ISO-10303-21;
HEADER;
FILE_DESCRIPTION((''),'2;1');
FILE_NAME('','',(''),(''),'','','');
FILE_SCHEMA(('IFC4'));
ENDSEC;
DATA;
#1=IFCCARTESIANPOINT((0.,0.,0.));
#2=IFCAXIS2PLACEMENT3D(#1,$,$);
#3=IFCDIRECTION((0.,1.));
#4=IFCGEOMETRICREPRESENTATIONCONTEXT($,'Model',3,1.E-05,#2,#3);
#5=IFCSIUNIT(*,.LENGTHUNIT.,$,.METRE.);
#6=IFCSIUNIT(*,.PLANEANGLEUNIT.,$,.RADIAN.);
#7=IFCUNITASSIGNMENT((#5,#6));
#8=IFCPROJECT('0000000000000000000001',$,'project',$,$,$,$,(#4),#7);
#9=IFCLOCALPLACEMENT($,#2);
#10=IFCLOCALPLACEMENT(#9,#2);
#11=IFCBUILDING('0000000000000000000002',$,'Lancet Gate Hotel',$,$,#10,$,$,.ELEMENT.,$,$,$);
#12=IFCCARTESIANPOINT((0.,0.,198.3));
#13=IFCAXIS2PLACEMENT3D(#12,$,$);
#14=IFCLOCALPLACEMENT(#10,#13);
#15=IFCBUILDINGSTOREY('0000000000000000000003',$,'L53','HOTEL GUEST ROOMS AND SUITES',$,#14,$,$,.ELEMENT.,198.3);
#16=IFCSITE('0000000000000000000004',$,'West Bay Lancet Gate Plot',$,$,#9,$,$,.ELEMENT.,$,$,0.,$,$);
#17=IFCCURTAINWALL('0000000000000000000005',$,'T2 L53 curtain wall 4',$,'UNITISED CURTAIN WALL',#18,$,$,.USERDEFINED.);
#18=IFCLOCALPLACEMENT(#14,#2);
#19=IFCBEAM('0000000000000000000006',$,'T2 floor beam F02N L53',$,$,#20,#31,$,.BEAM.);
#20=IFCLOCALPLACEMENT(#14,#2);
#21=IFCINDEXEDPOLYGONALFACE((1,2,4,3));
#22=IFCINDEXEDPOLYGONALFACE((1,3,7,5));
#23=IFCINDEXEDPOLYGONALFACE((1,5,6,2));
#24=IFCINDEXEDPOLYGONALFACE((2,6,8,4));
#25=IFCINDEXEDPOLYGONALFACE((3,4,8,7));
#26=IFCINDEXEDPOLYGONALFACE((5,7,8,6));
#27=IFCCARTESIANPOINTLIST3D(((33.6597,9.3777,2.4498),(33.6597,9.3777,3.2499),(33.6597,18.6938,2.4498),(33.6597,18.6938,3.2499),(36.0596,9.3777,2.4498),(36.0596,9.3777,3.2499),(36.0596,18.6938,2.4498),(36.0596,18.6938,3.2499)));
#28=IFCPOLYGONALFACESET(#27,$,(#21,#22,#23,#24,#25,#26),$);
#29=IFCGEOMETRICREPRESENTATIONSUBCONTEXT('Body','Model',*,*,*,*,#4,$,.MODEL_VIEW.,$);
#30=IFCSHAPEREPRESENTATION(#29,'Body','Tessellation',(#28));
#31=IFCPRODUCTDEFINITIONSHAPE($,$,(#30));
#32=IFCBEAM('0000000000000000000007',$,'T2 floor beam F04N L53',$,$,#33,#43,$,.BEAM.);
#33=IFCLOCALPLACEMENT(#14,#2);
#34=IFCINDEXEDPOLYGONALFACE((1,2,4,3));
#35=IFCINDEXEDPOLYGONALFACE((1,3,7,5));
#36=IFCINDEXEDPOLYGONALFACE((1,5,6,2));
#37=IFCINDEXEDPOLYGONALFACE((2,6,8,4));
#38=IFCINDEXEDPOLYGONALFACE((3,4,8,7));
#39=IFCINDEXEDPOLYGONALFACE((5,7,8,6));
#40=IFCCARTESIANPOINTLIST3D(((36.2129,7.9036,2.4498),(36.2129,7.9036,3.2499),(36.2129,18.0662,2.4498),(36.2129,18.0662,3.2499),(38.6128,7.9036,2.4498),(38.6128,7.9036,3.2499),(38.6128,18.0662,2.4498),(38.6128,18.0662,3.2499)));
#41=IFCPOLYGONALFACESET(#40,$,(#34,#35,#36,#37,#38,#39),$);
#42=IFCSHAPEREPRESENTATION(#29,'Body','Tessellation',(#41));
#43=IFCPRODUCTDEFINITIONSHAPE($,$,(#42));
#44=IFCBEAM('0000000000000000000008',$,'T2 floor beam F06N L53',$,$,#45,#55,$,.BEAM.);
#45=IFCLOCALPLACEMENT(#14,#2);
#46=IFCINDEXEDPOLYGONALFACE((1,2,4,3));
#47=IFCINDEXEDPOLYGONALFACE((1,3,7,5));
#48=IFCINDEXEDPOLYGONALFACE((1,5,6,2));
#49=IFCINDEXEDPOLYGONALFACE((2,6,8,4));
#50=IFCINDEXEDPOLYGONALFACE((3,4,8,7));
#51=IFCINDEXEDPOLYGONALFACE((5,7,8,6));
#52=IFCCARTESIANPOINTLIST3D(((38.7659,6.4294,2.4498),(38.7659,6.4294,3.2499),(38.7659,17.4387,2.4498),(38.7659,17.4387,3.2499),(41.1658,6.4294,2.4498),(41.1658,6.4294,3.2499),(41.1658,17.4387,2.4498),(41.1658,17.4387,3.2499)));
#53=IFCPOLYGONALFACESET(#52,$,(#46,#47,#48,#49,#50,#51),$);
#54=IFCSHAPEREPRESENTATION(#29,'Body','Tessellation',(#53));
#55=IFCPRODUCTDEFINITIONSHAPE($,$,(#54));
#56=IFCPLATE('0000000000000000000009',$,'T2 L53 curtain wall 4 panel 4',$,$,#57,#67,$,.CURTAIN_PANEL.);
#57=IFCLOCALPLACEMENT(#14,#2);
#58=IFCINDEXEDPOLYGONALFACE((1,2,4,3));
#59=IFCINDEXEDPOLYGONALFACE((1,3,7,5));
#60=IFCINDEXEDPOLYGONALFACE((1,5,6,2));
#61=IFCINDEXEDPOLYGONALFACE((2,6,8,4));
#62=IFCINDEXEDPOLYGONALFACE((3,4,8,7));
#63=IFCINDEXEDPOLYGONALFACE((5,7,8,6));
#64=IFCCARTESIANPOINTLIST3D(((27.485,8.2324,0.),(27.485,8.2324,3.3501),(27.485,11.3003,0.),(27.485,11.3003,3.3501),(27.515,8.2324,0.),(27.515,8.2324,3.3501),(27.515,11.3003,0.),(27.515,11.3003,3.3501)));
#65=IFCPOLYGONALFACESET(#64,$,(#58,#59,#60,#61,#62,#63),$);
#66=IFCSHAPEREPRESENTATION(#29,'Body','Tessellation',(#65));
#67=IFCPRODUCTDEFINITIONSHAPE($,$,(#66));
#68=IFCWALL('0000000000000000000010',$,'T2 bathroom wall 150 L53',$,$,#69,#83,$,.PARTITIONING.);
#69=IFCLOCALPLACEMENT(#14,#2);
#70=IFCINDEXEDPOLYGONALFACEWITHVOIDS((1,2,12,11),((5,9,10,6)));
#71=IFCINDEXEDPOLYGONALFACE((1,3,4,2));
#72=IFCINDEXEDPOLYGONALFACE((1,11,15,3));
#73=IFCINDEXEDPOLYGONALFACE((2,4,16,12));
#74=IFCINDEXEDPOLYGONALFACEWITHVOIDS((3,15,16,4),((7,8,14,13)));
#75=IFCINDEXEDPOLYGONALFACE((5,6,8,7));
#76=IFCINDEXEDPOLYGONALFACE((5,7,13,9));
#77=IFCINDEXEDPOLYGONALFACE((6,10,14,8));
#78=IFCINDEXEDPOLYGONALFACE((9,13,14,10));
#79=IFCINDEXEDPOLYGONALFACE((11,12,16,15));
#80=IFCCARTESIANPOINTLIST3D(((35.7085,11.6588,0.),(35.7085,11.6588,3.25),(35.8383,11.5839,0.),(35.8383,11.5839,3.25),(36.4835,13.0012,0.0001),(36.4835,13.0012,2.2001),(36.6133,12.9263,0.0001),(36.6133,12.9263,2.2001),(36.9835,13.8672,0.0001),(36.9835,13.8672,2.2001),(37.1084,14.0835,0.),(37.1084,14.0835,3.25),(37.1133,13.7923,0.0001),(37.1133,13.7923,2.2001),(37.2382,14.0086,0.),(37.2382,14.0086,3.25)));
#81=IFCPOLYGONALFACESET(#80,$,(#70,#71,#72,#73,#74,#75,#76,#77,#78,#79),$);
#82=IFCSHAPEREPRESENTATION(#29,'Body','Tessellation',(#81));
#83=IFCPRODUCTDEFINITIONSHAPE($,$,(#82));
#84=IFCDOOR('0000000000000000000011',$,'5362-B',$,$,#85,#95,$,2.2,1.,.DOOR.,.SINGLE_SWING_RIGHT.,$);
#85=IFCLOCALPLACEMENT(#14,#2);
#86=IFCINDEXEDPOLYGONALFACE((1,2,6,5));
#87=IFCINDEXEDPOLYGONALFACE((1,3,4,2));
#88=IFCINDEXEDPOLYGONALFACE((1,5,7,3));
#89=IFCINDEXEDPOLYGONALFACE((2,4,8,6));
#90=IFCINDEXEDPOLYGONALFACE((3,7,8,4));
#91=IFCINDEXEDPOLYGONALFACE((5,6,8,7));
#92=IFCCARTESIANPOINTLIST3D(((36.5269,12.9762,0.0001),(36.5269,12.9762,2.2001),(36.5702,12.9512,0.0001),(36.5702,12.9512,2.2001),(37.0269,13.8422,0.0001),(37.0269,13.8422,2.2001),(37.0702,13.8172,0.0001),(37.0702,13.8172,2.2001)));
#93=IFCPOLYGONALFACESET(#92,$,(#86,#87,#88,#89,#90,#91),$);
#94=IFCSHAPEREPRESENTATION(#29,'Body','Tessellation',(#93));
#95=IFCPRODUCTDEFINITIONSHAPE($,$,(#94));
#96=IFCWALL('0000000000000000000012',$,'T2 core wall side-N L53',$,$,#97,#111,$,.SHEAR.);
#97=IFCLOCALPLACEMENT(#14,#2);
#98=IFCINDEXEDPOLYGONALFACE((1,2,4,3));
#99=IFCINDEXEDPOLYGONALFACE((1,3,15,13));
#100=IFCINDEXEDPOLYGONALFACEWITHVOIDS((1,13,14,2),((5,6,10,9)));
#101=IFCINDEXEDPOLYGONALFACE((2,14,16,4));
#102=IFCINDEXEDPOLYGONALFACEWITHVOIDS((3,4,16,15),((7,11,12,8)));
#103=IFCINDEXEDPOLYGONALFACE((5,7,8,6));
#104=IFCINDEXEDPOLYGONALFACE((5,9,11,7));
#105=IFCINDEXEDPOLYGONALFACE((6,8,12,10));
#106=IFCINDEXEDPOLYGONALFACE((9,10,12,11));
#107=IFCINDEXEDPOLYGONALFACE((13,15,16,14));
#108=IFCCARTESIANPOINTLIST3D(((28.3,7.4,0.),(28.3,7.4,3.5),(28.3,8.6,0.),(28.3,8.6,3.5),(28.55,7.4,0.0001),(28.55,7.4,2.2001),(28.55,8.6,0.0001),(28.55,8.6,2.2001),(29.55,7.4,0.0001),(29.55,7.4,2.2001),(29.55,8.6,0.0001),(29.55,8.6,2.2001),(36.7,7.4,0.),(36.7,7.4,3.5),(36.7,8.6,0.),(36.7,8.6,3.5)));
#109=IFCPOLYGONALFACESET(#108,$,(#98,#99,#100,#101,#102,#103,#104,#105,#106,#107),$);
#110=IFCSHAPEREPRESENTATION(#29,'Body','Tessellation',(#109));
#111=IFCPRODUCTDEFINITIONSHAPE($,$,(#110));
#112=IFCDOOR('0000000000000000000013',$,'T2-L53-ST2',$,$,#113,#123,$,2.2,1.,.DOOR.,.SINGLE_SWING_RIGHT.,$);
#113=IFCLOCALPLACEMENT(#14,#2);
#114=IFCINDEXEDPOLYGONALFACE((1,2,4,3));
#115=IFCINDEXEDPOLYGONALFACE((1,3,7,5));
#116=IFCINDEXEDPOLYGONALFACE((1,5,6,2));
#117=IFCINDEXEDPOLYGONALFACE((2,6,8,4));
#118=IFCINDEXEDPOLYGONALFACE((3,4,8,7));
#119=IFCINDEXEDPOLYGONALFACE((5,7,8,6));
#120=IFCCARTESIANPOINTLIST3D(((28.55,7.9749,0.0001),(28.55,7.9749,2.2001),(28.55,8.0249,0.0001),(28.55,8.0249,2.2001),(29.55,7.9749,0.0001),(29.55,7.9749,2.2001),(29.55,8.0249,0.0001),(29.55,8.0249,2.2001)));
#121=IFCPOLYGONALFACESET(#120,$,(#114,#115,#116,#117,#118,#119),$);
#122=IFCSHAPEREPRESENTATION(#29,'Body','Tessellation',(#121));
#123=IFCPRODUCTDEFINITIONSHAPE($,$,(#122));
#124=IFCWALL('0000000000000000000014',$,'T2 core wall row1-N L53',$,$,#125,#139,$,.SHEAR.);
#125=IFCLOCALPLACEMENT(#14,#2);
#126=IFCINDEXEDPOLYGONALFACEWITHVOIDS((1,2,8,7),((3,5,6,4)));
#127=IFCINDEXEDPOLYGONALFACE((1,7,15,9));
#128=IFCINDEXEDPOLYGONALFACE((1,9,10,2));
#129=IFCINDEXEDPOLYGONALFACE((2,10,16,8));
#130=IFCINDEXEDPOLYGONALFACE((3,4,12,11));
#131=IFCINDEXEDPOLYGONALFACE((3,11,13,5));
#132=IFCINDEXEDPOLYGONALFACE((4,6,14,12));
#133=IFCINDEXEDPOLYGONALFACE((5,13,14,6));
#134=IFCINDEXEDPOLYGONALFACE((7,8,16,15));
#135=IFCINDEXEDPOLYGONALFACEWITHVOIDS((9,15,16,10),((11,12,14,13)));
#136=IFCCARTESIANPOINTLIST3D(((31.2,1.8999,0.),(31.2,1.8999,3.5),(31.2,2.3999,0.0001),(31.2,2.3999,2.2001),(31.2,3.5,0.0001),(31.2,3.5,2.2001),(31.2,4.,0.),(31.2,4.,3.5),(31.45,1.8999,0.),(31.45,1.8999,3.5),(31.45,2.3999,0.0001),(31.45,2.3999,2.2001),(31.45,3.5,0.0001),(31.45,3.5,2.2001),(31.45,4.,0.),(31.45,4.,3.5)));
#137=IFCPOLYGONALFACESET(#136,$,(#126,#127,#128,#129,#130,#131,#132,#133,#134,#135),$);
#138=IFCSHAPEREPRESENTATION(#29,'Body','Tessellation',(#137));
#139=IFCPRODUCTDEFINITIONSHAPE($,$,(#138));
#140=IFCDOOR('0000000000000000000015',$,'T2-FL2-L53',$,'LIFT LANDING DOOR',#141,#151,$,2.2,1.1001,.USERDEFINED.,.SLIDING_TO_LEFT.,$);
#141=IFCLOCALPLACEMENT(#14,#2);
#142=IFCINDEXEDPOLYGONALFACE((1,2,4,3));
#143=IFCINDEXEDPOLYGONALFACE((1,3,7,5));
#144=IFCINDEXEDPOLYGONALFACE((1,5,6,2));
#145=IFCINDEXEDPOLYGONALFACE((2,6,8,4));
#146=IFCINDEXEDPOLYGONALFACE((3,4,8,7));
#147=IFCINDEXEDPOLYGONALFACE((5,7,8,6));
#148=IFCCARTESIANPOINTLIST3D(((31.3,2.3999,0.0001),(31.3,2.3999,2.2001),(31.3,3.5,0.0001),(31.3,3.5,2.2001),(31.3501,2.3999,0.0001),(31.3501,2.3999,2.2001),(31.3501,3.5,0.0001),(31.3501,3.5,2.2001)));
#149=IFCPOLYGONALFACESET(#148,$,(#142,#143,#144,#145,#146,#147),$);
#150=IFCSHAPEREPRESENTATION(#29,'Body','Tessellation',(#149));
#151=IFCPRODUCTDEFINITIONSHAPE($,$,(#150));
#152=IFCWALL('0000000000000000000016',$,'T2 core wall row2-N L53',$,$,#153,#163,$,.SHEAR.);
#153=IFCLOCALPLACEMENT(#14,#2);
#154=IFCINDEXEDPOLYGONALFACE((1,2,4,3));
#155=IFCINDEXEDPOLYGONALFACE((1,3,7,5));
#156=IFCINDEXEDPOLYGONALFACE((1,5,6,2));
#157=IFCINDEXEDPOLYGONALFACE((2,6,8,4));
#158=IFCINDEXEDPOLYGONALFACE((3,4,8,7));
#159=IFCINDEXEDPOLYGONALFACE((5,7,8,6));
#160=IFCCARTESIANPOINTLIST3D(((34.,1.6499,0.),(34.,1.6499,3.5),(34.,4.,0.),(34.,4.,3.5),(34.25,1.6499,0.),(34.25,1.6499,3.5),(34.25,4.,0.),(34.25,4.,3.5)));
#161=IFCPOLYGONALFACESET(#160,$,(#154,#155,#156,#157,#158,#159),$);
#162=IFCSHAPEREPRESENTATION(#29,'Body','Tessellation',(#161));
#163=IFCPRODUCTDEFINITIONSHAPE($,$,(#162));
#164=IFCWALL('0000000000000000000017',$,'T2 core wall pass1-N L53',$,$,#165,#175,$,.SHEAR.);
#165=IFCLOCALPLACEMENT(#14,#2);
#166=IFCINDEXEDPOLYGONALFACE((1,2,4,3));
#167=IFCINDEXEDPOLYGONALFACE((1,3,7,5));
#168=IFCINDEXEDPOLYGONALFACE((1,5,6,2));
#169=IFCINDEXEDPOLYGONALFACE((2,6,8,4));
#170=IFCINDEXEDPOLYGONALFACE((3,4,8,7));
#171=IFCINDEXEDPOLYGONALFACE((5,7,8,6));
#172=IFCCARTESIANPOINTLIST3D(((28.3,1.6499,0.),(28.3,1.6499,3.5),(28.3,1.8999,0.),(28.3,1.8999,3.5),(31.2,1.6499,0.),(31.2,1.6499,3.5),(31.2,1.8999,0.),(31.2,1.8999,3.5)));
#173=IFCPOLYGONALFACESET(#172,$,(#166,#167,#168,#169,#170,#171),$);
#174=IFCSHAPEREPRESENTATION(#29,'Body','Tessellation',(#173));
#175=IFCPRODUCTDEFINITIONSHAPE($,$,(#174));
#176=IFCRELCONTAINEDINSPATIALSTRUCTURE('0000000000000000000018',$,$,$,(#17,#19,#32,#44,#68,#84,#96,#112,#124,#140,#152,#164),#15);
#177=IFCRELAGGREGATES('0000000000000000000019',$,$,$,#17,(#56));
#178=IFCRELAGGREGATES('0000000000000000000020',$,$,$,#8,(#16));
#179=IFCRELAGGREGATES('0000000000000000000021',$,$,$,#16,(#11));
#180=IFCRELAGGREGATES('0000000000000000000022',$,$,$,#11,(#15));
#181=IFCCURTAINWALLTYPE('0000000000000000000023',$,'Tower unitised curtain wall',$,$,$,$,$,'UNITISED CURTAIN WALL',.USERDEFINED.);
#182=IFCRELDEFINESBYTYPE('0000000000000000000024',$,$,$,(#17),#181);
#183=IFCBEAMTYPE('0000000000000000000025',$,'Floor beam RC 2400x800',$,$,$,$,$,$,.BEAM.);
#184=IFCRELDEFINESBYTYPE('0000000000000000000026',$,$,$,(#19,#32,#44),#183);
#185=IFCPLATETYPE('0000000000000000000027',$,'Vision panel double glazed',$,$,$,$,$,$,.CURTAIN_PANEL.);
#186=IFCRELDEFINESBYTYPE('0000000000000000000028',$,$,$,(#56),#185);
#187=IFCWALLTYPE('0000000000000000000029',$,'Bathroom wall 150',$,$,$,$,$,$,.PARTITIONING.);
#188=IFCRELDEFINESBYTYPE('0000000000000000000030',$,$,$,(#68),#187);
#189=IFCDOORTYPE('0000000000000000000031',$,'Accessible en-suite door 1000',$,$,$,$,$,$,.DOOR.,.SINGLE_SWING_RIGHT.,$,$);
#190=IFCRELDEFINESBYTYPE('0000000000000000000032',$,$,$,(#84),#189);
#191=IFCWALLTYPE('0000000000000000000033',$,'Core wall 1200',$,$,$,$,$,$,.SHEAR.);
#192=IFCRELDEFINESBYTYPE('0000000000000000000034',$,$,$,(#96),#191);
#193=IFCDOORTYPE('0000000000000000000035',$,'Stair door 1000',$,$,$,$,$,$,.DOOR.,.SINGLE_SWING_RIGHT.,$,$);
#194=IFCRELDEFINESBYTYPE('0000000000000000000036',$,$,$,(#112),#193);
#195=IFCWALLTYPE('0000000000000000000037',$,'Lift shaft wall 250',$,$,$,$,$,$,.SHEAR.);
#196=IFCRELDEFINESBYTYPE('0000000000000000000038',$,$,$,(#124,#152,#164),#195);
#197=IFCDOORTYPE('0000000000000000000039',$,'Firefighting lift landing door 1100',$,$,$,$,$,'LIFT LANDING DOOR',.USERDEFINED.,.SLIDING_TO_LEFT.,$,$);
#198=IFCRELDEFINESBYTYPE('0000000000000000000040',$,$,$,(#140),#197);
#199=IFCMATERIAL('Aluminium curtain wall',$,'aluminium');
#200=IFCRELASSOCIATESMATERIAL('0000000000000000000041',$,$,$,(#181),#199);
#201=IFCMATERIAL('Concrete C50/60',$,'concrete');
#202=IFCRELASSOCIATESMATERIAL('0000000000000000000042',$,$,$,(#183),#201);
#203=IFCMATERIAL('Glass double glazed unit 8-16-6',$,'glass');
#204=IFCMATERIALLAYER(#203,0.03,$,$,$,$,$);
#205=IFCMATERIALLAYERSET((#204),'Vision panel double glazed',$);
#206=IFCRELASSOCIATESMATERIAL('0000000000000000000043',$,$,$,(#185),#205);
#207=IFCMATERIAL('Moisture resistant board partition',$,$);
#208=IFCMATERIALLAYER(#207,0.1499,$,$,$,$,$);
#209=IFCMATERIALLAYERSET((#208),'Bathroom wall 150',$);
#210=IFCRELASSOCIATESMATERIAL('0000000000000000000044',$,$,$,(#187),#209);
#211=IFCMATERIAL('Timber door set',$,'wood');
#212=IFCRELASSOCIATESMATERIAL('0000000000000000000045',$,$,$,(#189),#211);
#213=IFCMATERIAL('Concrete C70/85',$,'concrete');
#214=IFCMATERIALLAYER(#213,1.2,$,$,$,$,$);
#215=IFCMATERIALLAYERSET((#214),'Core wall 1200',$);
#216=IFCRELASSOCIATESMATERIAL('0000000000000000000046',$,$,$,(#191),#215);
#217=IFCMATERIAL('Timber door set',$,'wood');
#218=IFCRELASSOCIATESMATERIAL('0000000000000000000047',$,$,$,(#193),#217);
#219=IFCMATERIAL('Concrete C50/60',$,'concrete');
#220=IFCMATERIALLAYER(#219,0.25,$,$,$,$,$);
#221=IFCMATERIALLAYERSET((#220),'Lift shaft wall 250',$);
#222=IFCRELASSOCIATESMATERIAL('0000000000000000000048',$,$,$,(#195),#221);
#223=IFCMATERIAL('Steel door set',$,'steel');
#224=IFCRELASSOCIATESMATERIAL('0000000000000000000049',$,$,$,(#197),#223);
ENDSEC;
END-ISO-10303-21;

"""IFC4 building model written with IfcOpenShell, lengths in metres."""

from ifc_helpers import new_model, si_unit, direction, frame, frame_2d, origin, origin_2d, place, context, subcontext, project, spatial, rectangle, extrude, material, layer, layer_set, material_profile, profile_set, type_object, element, fill, aggregate, save


model = new_model("IFC4")

# Units and contexts
model_context = context("Model", 3, precision=1e-05, world=origin(), true_north=direction((0.0, 1.0)))
body_context = subcontext(model_context, "Body", "Model", "MODEL_VIEW")
ifc_project = project(units=[si_unit("LENGTHUNIT", "METRE"), si_unit("PLANEANGLEUNIT", "RADIAN")], contexts=[model_context])

# Site, building, storey
site_placement = place(None, origin())
site = spatial("IfcSite", under=ifc_project, at=site_placement, Name="West Bay Lancet Gate Plot", CompositionType="ELEMENT", RefElevation=0.0)
building_placement = place(site_placement, origin())
building = spatial("IfcBuilding", under=site, at=building_placement, Name="Lancet Gate Hotel", CompositionType="ELEMENT")
storey_placement = place(building_placement, frame((0.0, 0.0, 198.3)))
storey = spatial("IfcBuildingStorey", under=building, at=storey_placement, Name="L53", Description="HOTEL GUEST ROOMS AND SUITES", CompositionType="ELEMENT", Elevation=198.3)

# Curtain wall
ifc_material_1 = material(Name="Aluminium curtain wall", Category="aluminium")
curtain_wall_type = type_object("IfcCurtainWallType", Name="Tower unitised curtain wall", ElementType="UNITISED CURTAIN WALL", PredefinedType="USERDEFINED", material=ifc_material_1)
curtain_wall_placement = place(storey_placement, origin())
curtain_wall = element("IfcCurtainWall", 1, at=curtain_wall_placement, inside=storey, type_object=curtain_wall_type, Name="T2 L53 curtain wall 4", ObjectType="UNITISED CURTAIN WALL", PredefinedType="USERDEFINED")

# Beams
ifc_material_2 = material(Name="Concrete C50/60", Category="concrete")
ifc_material_profile_1 = material_profile(ifc_material_2, rectangle(XDim=2.3999, YDim=0.8, at=origin_2d()), Name="RC 2400x800")
ifc_profile_set_1 = profile_set([ifc_material_profile_1], Name="Concrete C50/60")
beam_type_1 = type_object("IfcBeamType", Name="Floor beam RC 2400x800", PredefinedType="BEAM", material=ifc_profile_set_1)
beam_1_placement = place(storey_placement, frame((34.8596, 9.3777, 2.8499), z_axis=(0.0, 1.0, 0.0), x_axis=(-1.0, 0.0, 0.0)))
element("IfcBeam", 2, at=beam_1_placement, inside=storey, type_object=beam_type_1, Name="T2 floor beam F02N L53", PredefinedType="BEAM", context=body_context, shape_type="SweptSolid", body=[
    extrude(rectangle(XDim=2.3999, YDim=0.8, at=origin_2d()), origin(), (0.0, 0.0, 1.0), 9.3162),
])
beam_2_placement = place(storey_placement, frame((37.4128, 7.9036, 2.8499), z_axis=(0.0, 1.0, 0.0), x_axis=(-1.0, 0.0, 0.0)))
element("IfcBeam", 3, at=beam_2_placement, inside=storey, type_object=beam_type_1, Name="T2 floor beam F04N L53", PredefinedType="BEAM", context=body_context, shape_type="SweptSolid", body=[
    extrude(rectangle(XDim=2.3999, YDim=0.8, at=origin_2d()), origin(), (0.0, 0.0, 1.0), 10.1626),
])
beam_3_placement = place(storey_placement, frame((39.9658, 6.4294, 2.8499), z_axis=(0.0, 1.0, 0.0), x_axis=(-1.0, 0.0, 0.0)))
element("IfcBeam", 4, at=beam_3_placement, inside=storey, type_object=beam_type_1, Name="T2 floor beam F06N L53", PredefinedType="BEAM", context=body_context, shape_type="SweptSolid", body=[
    extrude(rectangle(XDim=2.3999, YDim=0.8, at=origin_2d()), origin(), (0.0, 0.0, 1.0), 11.0093),
])

# Plate
ifc_material_3 = material(Name="Glass double glazed unit 8-16-6", Category="glass")
ifc_layer_1 = layer(ifc_material_3, 0.03)
ifc_layer_set_1 = layer_set([ifc_layer_1], Name="Vision panel double glazed")
plate_type = type_object("IfcPlateType", Name="Vision panel double glazed", PredefinedType="CURTAIN_PANEL", material=ifc_layer_set_1)
plate_placement = place(storey_placement, frame((27.5, 9.7664, 0.0), z_axis=(0.0, 0.0, 1.0), x_axis=(0.0, -1.0, 0.0)))
plate = element("IfcPlate", 5, at=plate_placement, type_object=plate_type, Name="T2 L53 curtain wall 4 panel 4", PredefinedType="CURTAIN_PANEL", context=body_context, shape_type="SweptSolid", body=[
    extrude(rectangle(XDim=3.0679, YDim=0.03, at=origin_2d()), origin(), (0.0, 0.0, 1.0), 3.3501),
])
aggregate(curtain_wall, [plate])

# Walls, openings, doors
ifc_material_4 = material(Name="Moisture resistant board partition")
ifc_layer_2 = layer(ifc_material_4, 0.1499)
ifc_layer_set_2 = layer_set([ifc_layer_2], Name="Bathroom wall 150")
wall_type_1 = type_object("IfcWallType", Name="Bathroom wall 150", PredefinedType="PARTITIONING", material=ifc_layer_set_2)
wall_1_placement = place(storey_placement, frame((35.7734, 11.6213, 0.0), z_axis=(0.0, 0.0, 1.0), x_axis=(0.499984, 0.866035, 0.0)))
wall_1 = element("IfcWall", 6, at=wall_1_placement, inside=storey, type_object=wall_type_1, Name="T2 bathroom wall 150 L53", PredefinedType="PARTITIONING", context=body_context, shape_type="SweptSolid", body=[
    extrude(rectangle(XDim=2.7998, YDim=0.1499, at=frame_2d((1.3999, 0.0))), origin(), (0.0, 0.0, 1.0), 3.25),
])
opening_1_placement = place(wall_1_placement, frame((1.55, 0.0, 0.0)))
opening_1 = element("IfcOpeningElement", 7, at=opening_1_placement, cuts=wall_1, PredefinedType="OPENING", context=body_context, shape_type="SweptSolid", body=[
    extrude(rectangle(XDim=1.0, YDim=2.2, at=frame_2d((0.5, 1.1001))), frame((0.0, 0.085, 0.0), z_axis=(0.0, -1.0, 0.0), x_axis=(1.0, 0.0, 0.0)), (0.0, 0.0, 1.0), 0.1699),
])
ifc_material_5 = material(Name="Timber door set", Category="wood")
door_type_1 = type_object("IfcDoorType", Name="Accessible en-suite door 1000", OperationType="SINGLE_SWING_RIGHT", PredefinedType="DOOR", material=ifc_material_5)
door_1_placement = place(opening_1_placement, origin())
door_1 = element("IfcDoor", 8, at=door_1_placement, inside=storey, type_object=door_type_1, Name="5362-B", OperationType="SINGLE_SWING_RIGHT", OverallHeight=2.2, OverallWidth=1.0, PredefinedType="DOOR", context=body_context, shape_type="SweptSolid", body=[
    extrude(rectangle(XDim=1.0, YDim=2.2, at=frame_2d((0.5, 1.1001))), frame((0.0, 0.0249, 0.0), z_axis=(0.0, -1.0, 0.0), x_axis=(1.0, 0.0, 0.0)), (0.0, 0.0, 1.0), 0.05),
])
fill(opening_1, door_1)
ifc_material_6 = material(Name="Concrete C70/85", Category="concrete")
ifc_layer_3 = layer(ifc_material_6, 1.2)
ifc_layer_set_3 = layer_set([ifc_layer_3], Name="Core wall 1200")
wall_type_2 = type_object("IfcWallType", Name="Core wall 1200", PredefinedType="SHEAR", material=ifc_layer_set_3)
wall_2_placement = place(storey_placement, frame((28.3, 8.0, 0.0), z_axis=(0.0, 0.0, 1.0), x_axis=(1.0, 0.0, 0.0)))
wall_2 = element("IfcWall", 9, at=wall_2_placement, inside=storey, type_object=wall_type_2, Name="T2 core wall side-N L53", PredefinedType="SHEAR", context=body_context, shape_type="SweptSolid", body=[
    extrude(rectangle(XDim=8.3999, YDim=1.2, at=frame_2d((4.2, 0.0))), origin(), (0.0, 0.0, 1.0), 3.5),
])
opening_2_placement = place(wall_2_placement, frame((0.25, 0.0, 0.0)))
opening_2 = element("IfcOpeningElement", 10, at=opening_2_placement, cuts=wall_2, PredefinedType="OPENING", context=body_context, shape_type="SweptSolid", body=[
    extrude(rectangle(XDim=1.0, YDim=2.2, at=frame_2d((0.5, 1.1001))), frame((0.0, 0.6099, 0.0), z_axis=(0.0, -1.0, 0.0), x_axis=(1.0, 0.0, 0.0)), (0.0, 0.0, 1.0), 1.22),
])
ifc_material_7 = material(Name="Timber door set", Category="wood")
door_type_2 = type_object("IfcDoorType", Name="Stair door 1000", OperationType="SINGLE_SWING_RIGHT", PredefinedType="DOOR", material=ifc_material_7)
door_2_placement = place(opening_2_placement, origin())
door_2 = element("IfcDoor", 11, at=door_2_placement, inside=storey, type_object=door_type_2, Name="T2-L53-ST2", OperationType="SINGLE_SWING_RIGHT", OverallHeight=2.2, OverallWidth=1.0, PredefinedType="DOOR", context=body_context, shape_type="SweptSolid", body=[
    extrude(rectangle(XDim=1.0, YDim=2.2, at=frame_2d((0.5, 1.1001))), frame((0.0, 0.0249, 0.0), z_axis=(0.0, -1.0, 0.0), x_axis=(1.0, 0.0, 0.0)), (0.0, 0.0, 1.0), 0.05),
])
fill(opening_2, door_2)
ifc_material_8 = material(Name="Concrete C50/60", Category="concrete")
ifc_layer_4 = layer(ifc_material_8, 0.25)
ifc_layer_set_4 = layer_set([ifc_layer_4], Name="Lift shaft wall 250")
wall_type_3 = type_object("IfcWallType", Name="Lift shaft wall 250", PredefinedType="SHEAR", material=ifc_layer_set_4)
wall_3_placement = place(storey_placement, frame((31.325, 1.8999, 0.0), z_axis=(0.0, 0.0, 1.0), x_axis=(0.0, 1.0, 0.0)))
wall_3 = element("IfcWall", 12, at=wall_3_placement, inside=storey, type_object=wall_type_3, Name="T2 core wall row1-N L53", PredefinedType="SHEAR", context=body_context, shape_type="SweptSolid", body=[
    extrude(rectangle(XDim=2.1001, YDim=0.25, at=frame_2d((1.05, 0.0))), origin(), (0.0, 0.0, 1.0), 3.5),
])
opening_3_placement = place(wall_3_placement, frame((0.5, 0.0, 0.0)))
opening_3 = element("IfcOpeningElement", 13, at=opening_3_placement, cuts=wall_3, PredefinedType="OPENING", context=body_context, shape_type="SweptSolid", body=[
    extrude(rectangle(XDim=1.1001, YDim=2.2, at=frame_2d((0.55, 1.1001))), frame((0.0, 0.135, 0.0), z_axis=(0.0, -1.0, 0.0), x_axis=(1.0, 0.0, 0.0)), (0.0, 0.0, 1.0), 0.27),
])
ifc_material_9 = material(Name="Steel door set", Category="steel")
door_type_3 = type_object("IfcDoorType", Name="Firefighting lift landing door 1100", ElementType="LIFT LANDING DOOR", OperationType="SLIDING_TO_LEFT", PredefinedType="USERDEFINED", material=ifc_material_9)
door_3_placement = place(opening_3_placement, origin())
door_3 = element("IfcDoor", 14, at=door_3_placement, inside=storey, type_object=door_type_3, Name="T2-FL2-L53", ObjectType="LIFT LANDING DOOR", OperationType="SLIDING_TO_LEFT", OverallHeight=2.2, OverallWidth=1.1001, PredefinedType="USERDEFINED", context=body_context, shape_type="SweptSolid", body=[
    extrude(rectangle(XDim=1.1001, YDim=2.2, at=frame_2d((0.55, 1.1001))), frame((0.0, 0.0249, 0.0), z_axis=(0.0, -1.0, 0.0), x_axis=(1.0, 0.0, 0.0)), (0.0, 0.0, 1.0), 0.05),
])
fill(opening_3, door_3)

# Walls
wall_4_placement = place(storey_placement, frame((34.125, 1.6499, 0.0), z_axis=(0.0, 0.0, 1.0), x_axis=(0.0, 1.0, 0.0)))
element("IfcWall", 15, at=wall_4_placement, inside=storey, type_object=wall_type_3, Name="T2 core wall row2-N L53", PredefinedType="SHEAR", context=body_context, shape_type="SweptSolid", body=[
    extrude(rectangle(XDim=2.3501, YDim=0.25, at=frame_2d((1.175, 0.0))), origin(), (0.0, 0.0, 1.0), 3.5),
])
wall_5_placement = place(storey_placement, frame((28.3, 1.7749, 0.0), z_axis=(0.0, 0.0, 1.0), x_axis=(1.0, 0.0, 0.0)))
element("IfcWall", 16, at=wall_5_placement, inside=storey, type_object=wall_type_3, Name="T2 core wall pass1-N L53", PredefinedType="SHEAR", context=body_context, shape_type="SweptSolid", body=[
    extrude(rectangle(XDim=2.8999, YDim=0.25, at=frame_2d((1.45, 0.0))), origin(), (0.0, 0.0, 1.0), 3.5),
])

save(model, "model.ifc")
